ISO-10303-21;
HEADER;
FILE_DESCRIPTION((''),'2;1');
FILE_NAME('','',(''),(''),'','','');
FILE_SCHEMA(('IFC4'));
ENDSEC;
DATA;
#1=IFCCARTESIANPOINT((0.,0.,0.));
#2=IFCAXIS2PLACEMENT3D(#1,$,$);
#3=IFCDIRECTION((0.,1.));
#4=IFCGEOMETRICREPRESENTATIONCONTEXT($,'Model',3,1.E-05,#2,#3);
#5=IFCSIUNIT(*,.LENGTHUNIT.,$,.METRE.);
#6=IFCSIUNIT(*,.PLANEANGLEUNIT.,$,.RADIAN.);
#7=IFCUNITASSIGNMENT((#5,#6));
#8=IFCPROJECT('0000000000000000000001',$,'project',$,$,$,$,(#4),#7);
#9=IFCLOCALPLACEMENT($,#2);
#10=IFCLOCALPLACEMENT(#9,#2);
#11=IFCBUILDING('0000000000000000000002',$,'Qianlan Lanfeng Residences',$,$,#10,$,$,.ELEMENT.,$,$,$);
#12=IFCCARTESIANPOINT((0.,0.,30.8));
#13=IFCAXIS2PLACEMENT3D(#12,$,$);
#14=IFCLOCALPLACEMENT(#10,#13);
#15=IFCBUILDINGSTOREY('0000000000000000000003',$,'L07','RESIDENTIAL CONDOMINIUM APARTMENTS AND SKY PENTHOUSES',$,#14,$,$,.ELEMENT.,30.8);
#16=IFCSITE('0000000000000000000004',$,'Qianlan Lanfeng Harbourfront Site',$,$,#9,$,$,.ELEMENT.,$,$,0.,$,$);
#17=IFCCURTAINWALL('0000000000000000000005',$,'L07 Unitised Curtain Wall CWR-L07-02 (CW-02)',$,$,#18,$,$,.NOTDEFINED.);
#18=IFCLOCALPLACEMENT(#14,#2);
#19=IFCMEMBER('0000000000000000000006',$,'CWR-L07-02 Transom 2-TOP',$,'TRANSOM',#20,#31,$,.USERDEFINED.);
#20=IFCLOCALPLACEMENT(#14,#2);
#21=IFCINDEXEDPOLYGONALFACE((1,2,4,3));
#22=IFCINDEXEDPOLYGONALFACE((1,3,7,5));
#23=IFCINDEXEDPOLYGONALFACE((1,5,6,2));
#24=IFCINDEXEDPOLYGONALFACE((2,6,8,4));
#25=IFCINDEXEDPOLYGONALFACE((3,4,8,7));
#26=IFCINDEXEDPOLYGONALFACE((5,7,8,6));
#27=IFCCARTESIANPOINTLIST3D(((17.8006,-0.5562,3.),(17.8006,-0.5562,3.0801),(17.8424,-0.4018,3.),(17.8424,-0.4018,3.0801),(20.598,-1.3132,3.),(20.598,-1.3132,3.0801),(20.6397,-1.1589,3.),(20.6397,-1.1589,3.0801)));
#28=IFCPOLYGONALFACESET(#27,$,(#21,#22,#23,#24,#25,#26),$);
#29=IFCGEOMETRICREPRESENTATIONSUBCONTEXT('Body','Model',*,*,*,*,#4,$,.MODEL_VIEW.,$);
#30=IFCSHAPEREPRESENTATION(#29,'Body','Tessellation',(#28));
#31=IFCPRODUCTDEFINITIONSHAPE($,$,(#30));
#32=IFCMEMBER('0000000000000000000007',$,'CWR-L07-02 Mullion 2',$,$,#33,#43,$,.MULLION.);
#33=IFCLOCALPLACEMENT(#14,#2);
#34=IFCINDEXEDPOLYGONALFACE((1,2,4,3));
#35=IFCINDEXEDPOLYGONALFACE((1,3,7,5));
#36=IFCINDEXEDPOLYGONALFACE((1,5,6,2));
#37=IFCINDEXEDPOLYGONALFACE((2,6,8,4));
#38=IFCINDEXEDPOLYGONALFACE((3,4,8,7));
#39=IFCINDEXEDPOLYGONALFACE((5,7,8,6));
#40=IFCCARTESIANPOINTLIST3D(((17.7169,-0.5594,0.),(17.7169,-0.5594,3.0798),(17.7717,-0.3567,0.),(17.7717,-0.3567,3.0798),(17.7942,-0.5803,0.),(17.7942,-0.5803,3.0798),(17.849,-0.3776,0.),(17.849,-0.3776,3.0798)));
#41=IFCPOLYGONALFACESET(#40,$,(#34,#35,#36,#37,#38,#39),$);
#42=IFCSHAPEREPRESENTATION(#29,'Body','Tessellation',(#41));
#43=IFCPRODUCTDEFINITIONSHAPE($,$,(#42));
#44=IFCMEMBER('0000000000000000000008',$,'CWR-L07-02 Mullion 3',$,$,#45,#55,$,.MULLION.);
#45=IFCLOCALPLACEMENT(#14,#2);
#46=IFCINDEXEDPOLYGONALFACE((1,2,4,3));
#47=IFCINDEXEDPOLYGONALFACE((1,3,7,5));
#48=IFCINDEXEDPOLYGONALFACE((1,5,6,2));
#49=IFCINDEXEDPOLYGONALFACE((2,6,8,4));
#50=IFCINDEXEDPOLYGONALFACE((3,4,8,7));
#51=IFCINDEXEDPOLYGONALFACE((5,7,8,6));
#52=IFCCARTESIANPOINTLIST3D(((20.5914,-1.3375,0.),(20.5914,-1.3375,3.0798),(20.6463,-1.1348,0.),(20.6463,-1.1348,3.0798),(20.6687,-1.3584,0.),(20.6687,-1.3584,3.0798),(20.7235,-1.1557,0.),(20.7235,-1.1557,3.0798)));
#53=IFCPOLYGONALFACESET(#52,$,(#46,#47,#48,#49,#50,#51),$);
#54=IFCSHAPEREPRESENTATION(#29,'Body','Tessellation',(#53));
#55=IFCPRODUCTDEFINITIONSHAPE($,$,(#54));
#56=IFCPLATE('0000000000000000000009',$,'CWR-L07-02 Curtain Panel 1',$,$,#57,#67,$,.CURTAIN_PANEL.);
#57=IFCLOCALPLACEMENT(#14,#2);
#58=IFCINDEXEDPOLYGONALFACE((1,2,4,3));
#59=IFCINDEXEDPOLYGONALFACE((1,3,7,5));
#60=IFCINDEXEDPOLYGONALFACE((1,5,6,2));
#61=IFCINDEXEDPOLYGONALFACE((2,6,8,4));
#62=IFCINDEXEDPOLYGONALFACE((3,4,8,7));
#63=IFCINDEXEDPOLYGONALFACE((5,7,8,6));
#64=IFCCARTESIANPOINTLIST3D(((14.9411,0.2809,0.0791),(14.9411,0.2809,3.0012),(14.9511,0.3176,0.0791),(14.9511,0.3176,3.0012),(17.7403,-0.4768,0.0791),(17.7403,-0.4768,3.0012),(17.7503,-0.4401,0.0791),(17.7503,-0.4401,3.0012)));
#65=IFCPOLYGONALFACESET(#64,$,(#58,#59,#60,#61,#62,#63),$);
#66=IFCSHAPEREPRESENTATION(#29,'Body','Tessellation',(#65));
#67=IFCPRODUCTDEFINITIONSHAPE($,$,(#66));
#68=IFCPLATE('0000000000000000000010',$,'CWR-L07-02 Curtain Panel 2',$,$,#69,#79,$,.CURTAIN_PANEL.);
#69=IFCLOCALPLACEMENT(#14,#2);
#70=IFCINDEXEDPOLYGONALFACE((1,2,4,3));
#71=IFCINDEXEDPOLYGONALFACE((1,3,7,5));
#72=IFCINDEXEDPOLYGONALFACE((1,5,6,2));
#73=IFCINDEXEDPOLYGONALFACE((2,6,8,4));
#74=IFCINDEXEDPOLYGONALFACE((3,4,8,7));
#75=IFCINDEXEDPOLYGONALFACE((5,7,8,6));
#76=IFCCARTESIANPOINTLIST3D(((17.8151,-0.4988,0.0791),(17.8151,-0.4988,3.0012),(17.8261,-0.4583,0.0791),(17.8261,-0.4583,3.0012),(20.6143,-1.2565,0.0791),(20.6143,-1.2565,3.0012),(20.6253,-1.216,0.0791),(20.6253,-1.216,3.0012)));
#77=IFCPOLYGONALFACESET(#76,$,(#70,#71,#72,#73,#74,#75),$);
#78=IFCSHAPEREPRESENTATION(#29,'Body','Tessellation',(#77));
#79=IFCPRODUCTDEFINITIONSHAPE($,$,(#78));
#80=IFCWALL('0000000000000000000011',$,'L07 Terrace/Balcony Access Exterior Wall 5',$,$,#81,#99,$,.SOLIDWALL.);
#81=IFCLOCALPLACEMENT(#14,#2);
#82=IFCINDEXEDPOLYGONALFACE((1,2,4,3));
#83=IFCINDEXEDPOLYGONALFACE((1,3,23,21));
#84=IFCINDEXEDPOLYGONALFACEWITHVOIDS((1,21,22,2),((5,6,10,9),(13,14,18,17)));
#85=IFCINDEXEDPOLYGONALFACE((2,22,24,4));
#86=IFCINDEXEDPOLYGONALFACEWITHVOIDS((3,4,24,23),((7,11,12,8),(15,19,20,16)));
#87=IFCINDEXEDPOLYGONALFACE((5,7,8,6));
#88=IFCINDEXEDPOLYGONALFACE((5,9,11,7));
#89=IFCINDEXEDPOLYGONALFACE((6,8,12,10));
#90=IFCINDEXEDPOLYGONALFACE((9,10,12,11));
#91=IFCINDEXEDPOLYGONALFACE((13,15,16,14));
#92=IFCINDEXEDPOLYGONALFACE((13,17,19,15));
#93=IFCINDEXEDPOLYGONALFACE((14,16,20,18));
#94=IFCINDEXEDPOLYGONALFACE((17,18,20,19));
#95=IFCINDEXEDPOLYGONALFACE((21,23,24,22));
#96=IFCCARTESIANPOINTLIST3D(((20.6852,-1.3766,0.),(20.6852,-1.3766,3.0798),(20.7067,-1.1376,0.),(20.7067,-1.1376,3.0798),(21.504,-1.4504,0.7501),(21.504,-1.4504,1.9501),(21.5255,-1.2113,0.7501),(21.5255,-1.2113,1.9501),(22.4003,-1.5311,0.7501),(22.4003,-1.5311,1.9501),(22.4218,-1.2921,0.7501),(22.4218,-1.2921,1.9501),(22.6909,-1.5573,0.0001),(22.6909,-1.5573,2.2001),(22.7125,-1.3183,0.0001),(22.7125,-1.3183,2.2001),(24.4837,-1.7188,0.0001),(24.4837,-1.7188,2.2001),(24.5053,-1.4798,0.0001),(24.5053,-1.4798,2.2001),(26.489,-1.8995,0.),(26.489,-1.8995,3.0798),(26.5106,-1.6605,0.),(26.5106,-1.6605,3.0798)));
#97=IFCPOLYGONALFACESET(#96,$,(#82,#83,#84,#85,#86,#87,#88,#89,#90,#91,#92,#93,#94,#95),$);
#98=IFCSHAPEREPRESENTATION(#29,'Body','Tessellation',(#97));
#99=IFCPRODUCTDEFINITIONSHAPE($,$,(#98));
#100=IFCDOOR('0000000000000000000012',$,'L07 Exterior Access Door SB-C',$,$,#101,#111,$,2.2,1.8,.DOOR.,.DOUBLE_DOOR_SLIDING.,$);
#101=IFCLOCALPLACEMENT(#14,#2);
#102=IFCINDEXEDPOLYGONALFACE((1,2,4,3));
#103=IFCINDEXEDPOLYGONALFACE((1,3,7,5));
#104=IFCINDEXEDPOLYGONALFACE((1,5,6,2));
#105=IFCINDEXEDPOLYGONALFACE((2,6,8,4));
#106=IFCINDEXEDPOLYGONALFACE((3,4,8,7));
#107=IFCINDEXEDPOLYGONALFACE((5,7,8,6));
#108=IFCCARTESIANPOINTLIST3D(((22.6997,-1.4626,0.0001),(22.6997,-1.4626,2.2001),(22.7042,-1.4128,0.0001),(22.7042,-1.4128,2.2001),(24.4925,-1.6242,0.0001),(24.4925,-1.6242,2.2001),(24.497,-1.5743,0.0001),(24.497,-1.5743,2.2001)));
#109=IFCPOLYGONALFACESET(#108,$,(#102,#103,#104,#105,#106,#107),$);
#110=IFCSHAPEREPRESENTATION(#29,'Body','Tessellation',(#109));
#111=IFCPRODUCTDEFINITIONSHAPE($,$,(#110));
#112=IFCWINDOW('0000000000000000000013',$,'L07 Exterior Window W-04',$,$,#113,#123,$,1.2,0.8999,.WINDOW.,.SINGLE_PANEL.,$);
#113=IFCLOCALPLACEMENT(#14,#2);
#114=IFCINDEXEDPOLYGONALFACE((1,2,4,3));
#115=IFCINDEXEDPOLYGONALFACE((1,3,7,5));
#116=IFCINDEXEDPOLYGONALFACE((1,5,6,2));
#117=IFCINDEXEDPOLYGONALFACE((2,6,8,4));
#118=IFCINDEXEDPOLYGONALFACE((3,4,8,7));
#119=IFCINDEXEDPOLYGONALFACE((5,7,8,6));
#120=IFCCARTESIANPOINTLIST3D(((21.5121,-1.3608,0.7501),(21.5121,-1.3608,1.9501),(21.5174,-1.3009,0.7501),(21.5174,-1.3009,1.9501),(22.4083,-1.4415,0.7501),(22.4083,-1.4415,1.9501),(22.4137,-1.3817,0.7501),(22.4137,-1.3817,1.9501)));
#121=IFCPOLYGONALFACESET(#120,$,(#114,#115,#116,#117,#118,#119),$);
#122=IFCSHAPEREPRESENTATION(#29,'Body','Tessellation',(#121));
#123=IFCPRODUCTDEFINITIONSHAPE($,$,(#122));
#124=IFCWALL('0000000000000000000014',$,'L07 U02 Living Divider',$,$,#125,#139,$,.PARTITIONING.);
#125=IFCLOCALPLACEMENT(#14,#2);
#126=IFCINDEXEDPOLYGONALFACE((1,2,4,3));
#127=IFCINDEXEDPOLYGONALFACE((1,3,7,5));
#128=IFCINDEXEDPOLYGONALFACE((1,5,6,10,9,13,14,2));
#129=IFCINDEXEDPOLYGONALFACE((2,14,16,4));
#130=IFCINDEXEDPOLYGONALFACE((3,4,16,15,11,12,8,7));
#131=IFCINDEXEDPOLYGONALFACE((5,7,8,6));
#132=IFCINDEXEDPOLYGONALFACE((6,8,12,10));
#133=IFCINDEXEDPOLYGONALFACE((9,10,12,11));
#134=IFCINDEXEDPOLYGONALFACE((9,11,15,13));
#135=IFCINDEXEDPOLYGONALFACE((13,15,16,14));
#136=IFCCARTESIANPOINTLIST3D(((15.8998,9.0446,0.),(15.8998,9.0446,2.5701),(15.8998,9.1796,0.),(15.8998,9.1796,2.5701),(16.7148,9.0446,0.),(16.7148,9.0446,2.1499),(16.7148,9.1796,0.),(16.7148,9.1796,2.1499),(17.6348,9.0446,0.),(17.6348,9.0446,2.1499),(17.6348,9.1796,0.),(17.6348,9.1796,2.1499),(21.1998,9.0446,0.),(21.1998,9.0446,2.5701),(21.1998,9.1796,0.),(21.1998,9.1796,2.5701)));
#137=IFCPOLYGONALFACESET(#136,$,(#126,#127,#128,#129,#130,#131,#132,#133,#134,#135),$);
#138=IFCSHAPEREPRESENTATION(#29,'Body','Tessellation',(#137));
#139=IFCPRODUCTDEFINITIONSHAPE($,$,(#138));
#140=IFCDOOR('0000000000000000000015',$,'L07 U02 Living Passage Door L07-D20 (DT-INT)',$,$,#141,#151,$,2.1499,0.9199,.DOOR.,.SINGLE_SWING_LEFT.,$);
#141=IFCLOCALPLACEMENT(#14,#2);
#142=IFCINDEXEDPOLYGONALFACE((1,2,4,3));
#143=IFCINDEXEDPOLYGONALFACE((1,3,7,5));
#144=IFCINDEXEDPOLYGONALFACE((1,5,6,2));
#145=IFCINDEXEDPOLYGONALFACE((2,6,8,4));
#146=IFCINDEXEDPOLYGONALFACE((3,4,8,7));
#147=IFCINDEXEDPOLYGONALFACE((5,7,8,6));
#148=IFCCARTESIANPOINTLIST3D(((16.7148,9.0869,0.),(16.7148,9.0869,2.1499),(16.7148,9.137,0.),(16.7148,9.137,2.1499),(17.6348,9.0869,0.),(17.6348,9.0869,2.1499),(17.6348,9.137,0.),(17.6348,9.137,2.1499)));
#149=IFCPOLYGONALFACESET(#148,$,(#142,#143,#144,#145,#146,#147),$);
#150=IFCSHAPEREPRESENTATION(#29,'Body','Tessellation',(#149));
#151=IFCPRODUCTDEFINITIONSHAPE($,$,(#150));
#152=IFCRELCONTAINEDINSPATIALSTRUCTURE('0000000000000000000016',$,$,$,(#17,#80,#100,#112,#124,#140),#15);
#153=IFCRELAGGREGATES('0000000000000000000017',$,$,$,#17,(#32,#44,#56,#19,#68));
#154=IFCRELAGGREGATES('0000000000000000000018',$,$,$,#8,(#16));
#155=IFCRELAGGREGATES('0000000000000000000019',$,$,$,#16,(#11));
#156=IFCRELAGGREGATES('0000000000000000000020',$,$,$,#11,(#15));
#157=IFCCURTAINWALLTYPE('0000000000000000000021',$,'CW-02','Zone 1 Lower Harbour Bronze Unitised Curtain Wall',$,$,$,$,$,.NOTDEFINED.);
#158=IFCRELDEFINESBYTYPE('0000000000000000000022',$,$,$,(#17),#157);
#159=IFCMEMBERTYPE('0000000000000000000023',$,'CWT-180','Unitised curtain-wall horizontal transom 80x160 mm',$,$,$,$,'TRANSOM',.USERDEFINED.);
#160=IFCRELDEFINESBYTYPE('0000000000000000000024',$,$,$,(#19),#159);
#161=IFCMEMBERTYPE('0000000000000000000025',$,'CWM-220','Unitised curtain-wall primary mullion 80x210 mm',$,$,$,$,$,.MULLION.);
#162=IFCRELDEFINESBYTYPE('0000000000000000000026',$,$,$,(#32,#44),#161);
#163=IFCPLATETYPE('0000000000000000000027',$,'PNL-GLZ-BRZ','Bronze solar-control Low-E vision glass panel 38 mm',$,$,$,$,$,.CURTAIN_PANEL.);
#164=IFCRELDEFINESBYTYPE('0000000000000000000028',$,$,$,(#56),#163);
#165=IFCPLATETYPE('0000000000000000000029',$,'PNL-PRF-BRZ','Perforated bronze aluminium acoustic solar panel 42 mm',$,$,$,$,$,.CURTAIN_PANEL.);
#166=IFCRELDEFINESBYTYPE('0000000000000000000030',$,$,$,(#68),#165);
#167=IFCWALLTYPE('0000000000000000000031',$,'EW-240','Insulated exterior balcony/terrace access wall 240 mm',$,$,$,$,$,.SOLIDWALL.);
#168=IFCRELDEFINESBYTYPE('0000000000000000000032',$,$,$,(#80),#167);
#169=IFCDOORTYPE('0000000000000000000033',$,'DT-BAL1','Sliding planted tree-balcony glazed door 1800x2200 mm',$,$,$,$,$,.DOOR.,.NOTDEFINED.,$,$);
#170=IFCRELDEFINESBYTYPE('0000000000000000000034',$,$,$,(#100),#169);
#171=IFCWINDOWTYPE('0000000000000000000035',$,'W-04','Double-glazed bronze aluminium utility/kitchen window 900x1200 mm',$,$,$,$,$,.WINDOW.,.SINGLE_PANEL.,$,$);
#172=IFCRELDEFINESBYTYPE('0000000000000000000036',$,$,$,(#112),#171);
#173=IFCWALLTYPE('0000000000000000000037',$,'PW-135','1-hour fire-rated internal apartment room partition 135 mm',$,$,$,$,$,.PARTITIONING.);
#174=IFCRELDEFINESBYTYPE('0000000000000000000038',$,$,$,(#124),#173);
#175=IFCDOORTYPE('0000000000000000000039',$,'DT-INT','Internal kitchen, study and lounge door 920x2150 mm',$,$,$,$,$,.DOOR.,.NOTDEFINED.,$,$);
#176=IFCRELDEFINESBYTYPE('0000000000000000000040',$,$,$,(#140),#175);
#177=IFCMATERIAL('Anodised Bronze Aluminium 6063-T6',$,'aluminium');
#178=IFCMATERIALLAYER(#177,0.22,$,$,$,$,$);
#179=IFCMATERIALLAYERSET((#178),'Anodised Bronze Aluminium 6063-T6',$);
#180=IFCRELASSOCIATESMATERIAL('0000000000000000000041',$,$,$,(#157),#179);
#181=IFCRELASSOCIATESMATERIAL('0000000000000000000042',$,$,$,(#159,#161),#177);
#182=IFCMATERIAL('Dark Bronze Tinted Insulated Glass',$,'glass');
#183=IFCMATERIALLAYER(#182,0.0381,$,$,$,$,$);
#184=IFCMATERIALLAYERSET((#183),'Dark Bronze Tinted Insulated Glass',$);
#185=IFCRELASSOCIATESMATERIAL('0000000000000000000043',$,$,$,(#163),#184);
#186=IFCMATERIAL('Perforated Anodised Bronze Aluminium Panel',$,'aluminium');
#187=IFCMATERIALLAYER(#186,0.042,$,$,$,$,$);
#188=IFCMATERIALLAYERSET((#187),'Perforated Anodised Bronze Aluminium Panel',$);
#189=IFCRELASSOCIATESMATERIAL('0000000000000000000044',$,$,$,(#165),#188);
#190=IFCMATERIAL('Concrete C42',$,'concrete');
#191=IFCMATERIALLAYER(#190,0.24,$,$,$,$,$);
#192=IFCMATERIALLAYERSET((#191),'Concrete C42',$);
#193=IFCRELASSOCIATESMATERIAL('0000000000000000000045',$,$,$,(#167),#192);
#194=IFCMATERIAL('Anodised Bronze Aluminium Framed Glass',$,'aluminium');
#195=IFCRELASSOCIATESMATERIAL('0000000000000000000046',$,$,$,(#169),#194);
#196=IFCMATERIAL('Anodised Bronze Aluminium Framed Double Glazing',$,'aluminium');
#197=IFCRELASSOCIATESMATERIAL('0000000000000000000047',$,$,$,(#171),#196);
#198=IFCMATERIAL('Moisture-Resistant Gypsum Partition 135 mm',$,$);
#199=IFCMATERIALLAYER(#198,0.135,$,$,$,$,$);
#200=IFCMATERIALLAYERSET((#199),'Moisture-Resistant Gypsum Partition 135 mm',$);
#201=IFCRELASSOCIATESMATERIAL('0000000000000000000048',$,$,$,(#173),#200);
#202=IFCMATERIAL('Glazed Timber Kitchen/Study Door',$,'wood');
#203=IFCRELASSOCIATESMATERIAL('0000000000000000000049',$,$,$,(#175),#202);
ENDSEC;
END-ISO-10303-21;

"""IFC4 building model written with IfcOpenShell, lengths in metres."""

from ifc_helpers import new_model, si_unit, direction, frame, frame_2d, origin, origin_2d, place, context, subcontext, project, spatial, rectangle, extrude, source, transform, mapped, material, layer, layer_set, material_profile, profile_set, type_object, element, fill, aggregate, save


model = new_model("IFC4")

# Units and contexts
model_context = context("Model", 3, precision=1e-05, world=origin(), true_north=direction((0.0, 1.0)))
body_context = subcontext(model_context, "Body", "Model", "MODEL_VIEW")
ifc_project = project(units=[si_unit("LENGTHUNIT", "METRE"), si_unit("PLANEANGLEUNIT", "RADIAN")], contexts=[model_context])

# Site, building, storey
site_placement = place(None, origin())
site = spatial("IfcSite", under=ifc_project, at=site_placement, Name="Qianlan Lanfeng Harbourfront Site", CompositionType="ELEMENT", RefElevation=0.0)
building_placement = place(site_placement, origin())
building = spatial("IfcBuilding", under=site, at=building_placement, Name="Qianlan Lanfeng Residences", CompositionType="ELEMENT")
storey_placement = place(building_placement, frame((0.0, 0.0, 30.8)))
storey = spatial("IfcBuildingStorey", under=building, at=storey_placement, Name="L07", Description="RESIDENTIAL CONDOMINIUM APARTMENTS AND SKY PENTHOUSES", CompositionType="ELEMENT", Elevation=30.8)

# Curtain wall, members, plates
ifc_material_1 = material(Name="Anodised Bronze Aluminium 6063-T6", Category="aluminium")
ifc_layer_1 = layer(ifc_material_1, 0.22)
ifc_layer_set_1 = layer_set([ifc_layer_1], Name="Anodised Bronze Aluminium 6063-T6")
curtain_wall_type = type_object("IfcCurtainWallType", Name="CW-02", Description="Zone 1 Lower Harbour Bronze Unitised Curtain Wall", PredefinedType="NOTDEFINED", material=ifc_layer_set_1)
curtain_wall_placement = place(storey_placement, origin())
curtain_wall = element("IfcCurtainWall", 1, at=curtain_wall_placement, inside=storey, type_object=curtain_wall_type, Name="L07 Unitised Curtain Wall CWR-L07-02 (CW-02)", PredefinedType="NOTDEFINED")
ifc_material_profile_1 = material_profile(ifc_material_1, rectangle(XDim=0.0801, YDim=0.1599, at=origin_2d()), Name="ALU TRANSOM 80x160")
ifc_profile_set_1 = profile_set([ifc_material_profile_1], Name="Anodised Bronze Aluminium 6063-T6")
member_type_1 = type_object("IfcMemberType", Name="CWT-180", Description="Unitised curtain-wall horizontal transom 80x160 mm", ElementType="TRANSOM", PredefinedType="USERDEFINED", material=ifc_profile_set_1)
shared_shape_1 = source(origin(), body_context, "Body", "SweptSolid", [
    extrude(rectangle(XDim=0.0801, YDim=0.1599, at=origin_2d()), origin(), (0.0, 0.0, 1.0), 2.8979),
])
member_1_placement = place(storey_placement, frame((17.8215, -0.479, 3.04), z_axis=(0.965273, -0.261242, 0.0), x_axis=(0.0, 0.0, 1.0)))
member_1 = element("IfcMember", 2, at=member_1_placement, type_object=member_type_1, Name="CWR-L07-02 Transom 2-TOP", ObjectType="TRANSOM", PredefinedType="USERDEFINED", context=body_context, shape_type="MappedRepresentation", body=[
    mapped(shared_shape_1, transform((0.0, 0.0, 0.0), scale=1.0)),
])
ifc_material_profile_2 = material_profile(ifc_material_1, rectangle(XDim=0.0801, YDim=0.21, at=origin_2d()), Name="ALU MULLION 80x210")
ifc_profile_set_2 = profile_set([ifc_material_profile_2], Name="Anodised Bronze Aluminium 6063-T6")
member_type_2 = type_object("IfcMemberType", Name="CWM-220", Description="Unitised curtain-wall primary mullion 80x210 mm", PredefinedType="MULLION", material=ifc_profile_set_2)
shared_shape_2 = source(origin(), body_context, "Body", "SweptSolid", [
    extrude(rectangle(XDim=0.0801, YDim=0.21, at=origin_2d()), origin(), (0.0, 0.0, 1.0), 3.0798),
])
member_2_placement = place(storey_placement, frame((17.783, -0.4685, 0.0), z_axis=(0.0, 0.0, 1.0), x_axis=(0.965263, -0.261281, 0.0)))
member_2 = element("IfcMember", 3, at=member_2_placement, type_object=member_type_2, Name="CWR-L07-02 Mullion 2", PredefinedType="MULLION", context=body_context, shape_type="MappedRepresentation", body=[
    mapped(shared_shape_2, transform((0.0, 0.0, 0.0), scale=1.0)),
])
member_3_placement = place(storey_placement, frame((20.6575, -1.2466, 0.0), z_axis=(0.0, 0.0, 1.0), x_axis=(0.965263, -0.261281, 0.0)))
member_3 = element("IfcMember", 4, at=member_3_placement, type_object=member_type_2, Name="CWR-L07-02 Mullion 3", PredefinedType="MULLION", context=body_context, shape_type="MappedRepresentation", body=[
    mapped(shared_shape_2, transform((0.0, 0.0, 0.0), scale=1.0)),
])
ifc_material_2 = material(Name="Dark Bronze Tinted Insulated Glass", Category="glass")
ifc_layer_2 = layer(ifc_material_2, 0.0381)
ifc_layer_set_2 = layer_set([ifc_layer_2], Name="Dark Bronze Tinted Insulated Glass")
plate_type_1 = type_object("IfcPlateType", Name="PNL-GLZ-BRZ", Description="Bronze solar-control Low-E vision glass panel 38 mm", PredefinedType="CURTAIN_PANEL", material=ifc_layer_set_2)
shared_shape_3 = source(origin(), body_context, "Body", "SweptSolid", [
    extrude(rectangle(XDim=2.8999, YDim=0.0381, at=origin_2d()), origin(), (0.0, 0.0, 1.0), 2.9221),
])
plate_1_placement = place(storey_placement, frame((16.3457, -0.0796, 0.0791), z_axis=(0.0, 0.0, 1.0), x_axis=(0.965263, -0.261281, 0.0)))
plate_1 = element("IfcPlate", 5, at=plate_1_placement, type_object=plate_type_1, Name="CWR-L07-02 Curtain Panel 1", PredefinedType="CURTAIN_PANEL", context=body_context, shape_type="MappedRepresentation", body=[
    mapped(shared_shape_3, transform((0.0, 0.0, 0.0), scale=1.0)),
])
ifc_material_3 = material(Name="Perforated Anodised Bronze Aluminium Panel", Category="aluminium")
ifc_layer_3 = layer(ifc_material_3, 0.042)
ifc_layer_set_3 = layer_set([ifc_layer_3], Name="Perforated Anodised Bronze Aluminium Panel")
plate_type_2 = type_object("IfcPlateType", Name="PNL-PRF-BRZ", Description="Perforated bronze aluminium acoustic solar panel 42 mm", PredefinedType="CURTAIN_PANEL", material=ifc_layer_set_3)
shared_shape_4 = source(origin(), body_context, "Body", "SweptSolid", [
    extrude(rectangle(XDim=2.8999, YDim=0.042, at=origin_2d()), origin(), (0.0, 0.0, 1.0), 2.9221),
])
plate_2_placement = place(storey_placement, frame((19.2202, -0.8574, 0.0791), z_axis=(0.0, 0.0, 1.0), x_axis=(0.965263, -0.261281, 0.0)))
plate_2 = element("IfcPlate", 6, at=plate_2_placement, type_object=plate_type_2, Name="CWR-L07-02 Curtain Panel 2", PredefinedType="CURTAIN_PANEL", context=body_context, shape_type="MappedRepresentation", body=[
    mapped(shared_shape_4, transform((0.0, 0.0, 0.0), scale=1.0)),
])
aggregate(curtain_wall, [member_2, member_3, plate_1, member_1, plate_2])

# Wall, openings, door, window
ifc_material_4 = material(Name="Concrete C42", Category="concrete")
ifc_layer_4 = layer(ifc_material_4, 0.24)
ifc_layer_set_4 = layer_set([ifc_layer_4], Name="Concrete C42")
wall_type_1 = type_object("IfcWallType", Name="EW-240", Description="Insulated exterior balcony/terrace access wall 240 mm", PredefinedType="SOLIDWALL", material=ifc_layer_set_4)
wall_1_placement = place(storey_placement, frame((20.696, -1.2571, 0.0), z_axis=(0.0, 0.0, 1.0), x_axis=(0.995965, -0.089739, 0.0)))
wall_1 = element("IfcWall", 7, at=wall_1_placement, inside=storey, type_object=wall_type_1, Name="L07 Terrace/Balcony Access Exterior Wall 5", PredefinedType="SOLIDWALL", context=body_context, shape_type="SweptSolid", body=[
    extrude(rectangle(XDim=5.8274, YDim=0.24, at=frame_2d((2.9136, 0.0))), origin(), (0.0, 0.0, 1.0), 3.0798),
])
opening_1_placement = place(wall_1_placement, frame((2.0139, 0.0, 0.0)))
opening_1 = element("IfcOpeningElement", 8, at=opening_1_placement, cuts=wall_1, PredefinedType="OPENING", context=body_context, shape_type="SweptSolid", body=[
    extrude(rectangle(XDim=1.8, YDim=2.2, at=frame_2d((0.8999, 1.1001))), frame((0.0, 0.1299, 0.0), z_axis=(0.0, -1.0, 0.0), x_axis=(1.0, 0.0, 0.0)), (0.0, 0.0, 1.0), 0.26),
])
opening_2_placement = place(wall_1_placement, frame((0.822, 0.0, 0.75)))
opening_2 = element("IfcOpeningElement", 9, at=opening_2_placement, cuts=wall_1, PredefinedType="OPENING", context=body_context, shape_type="SweptSolid", body=[
    extrude(rectangle(XDim=0.8999, YDim=1.2, at=frame_2d((0.45, 0.6001))), frame((0.0, 0.1299, 0.0), z_axis=(0.0, -1.0, 0.0), x_axis=(1.0, 0.0, 0.0)), (0.0, 0.0, 1.0), 0.26),
])
ifc_material_5 = material(Name="Anodised Bronze Aluminium Framed Glass", Category="aluminium")
door_type_1 = type_object("IfcDoorType", Name="DT-BAL1", Description="Sliding planted tree-balcony glazed door 1800x2200 mm", OperationType="NOTDEFINED", PredefinedType="DOOR", material=ifc_material_5)
door_1_placement = place(opening_1_placement, frame((1.8, 0.0, 0.0), z_axis=(0.0, 0.0, 1.0), x_axis=(-1.0, 0.0, 0.0)))
door_1 = element("IfcDoor", 10, at=door_1_placement, inside=storey, type_object=door_type_1, Name="L07 Exterior Access Door SB-C", OperationType="DOUBLE_DOOR_SLIDING", OverallHeight=2.2, OverallWidth=1.8, PredefinedType="DOOR", context=body_context, shape_type="SweptSolid", body=[
    extrude(rectangle(XDim=1.8, YDim=2.2, at=frame_2d((0.8999, 1.1001))), frame((0.0, 0.0249, 0.0), z_axis=(0.0, -1.0, 0.0), x_axis=(1.0, 0.0, 0.0)), (0.0, 0.0, 1.0), 0.05),
])
fill(opening_1, door_1)
ifc_material_6 = material(Name="Anodised Bronze Aluminium Framed Double Glazing", Category="aluminium")
window_type = type_object("IfcWindowType", Name="W-04", Description="Double-glazed bronze aluminium utility/kitchen window 900x1200 mm", PartitioningType="SINGLE_PANEL", PredefinedType="WINDOW", material=ifc_material_6)
window_placement = place(opening_2_placement, origin())
window = element("IfcWindow", 11, at=window_placement, inside=storey, type_object=window_type, Name="L07 Exterior Window W-04", OverallHeight=1.2, OverallWidth=0.8999, PartitioningType="SINGLE_PANEL", PredefinedType="WINDOW", context=body_context, shape_type="SweptSolid", body=[
    extrude(rectangle(XDim=0.8999, YDim=1.2, at=frame_2d((0.45, 0.6001))), frame((0.0, 0.03, 0.0), z_axis=(0.0, -1.0, 0.0), x_axis=(1.0, 0.0, 0.0)), (0.0, 0.0, 1.0), 0.0601),
])
fill(opening_2, window)

# Wall, opening, door
ifc_material_7 = material(Name="Moisture-Resistant Gypsum Partition 135 mm")
ifc_layer_5 = layer(ifc_material_7, 0.135)
ifc_layer_set_5 = layer_set([ifc_layer_5], Name="Moisture-Resistant Gypsum Partition 135 mm")
wall_type_2 = type_object("IfcWallType", Name="PW-135", Description="1-hour fire-rated internal apartment room partition 135 mm", PredefinedType="PARTITIONING", material=ifc_layer_set_5)
wall_2_placement = place(storey_placement, frame((15.8999, 9.1121, 0.0), z_axis=(0.0, 0.0, 1.0), x_axis=(1.0, 0.0, 0.0)))
wall_2 = element("IfcWall", 12, at=wall_2_placement, inside=storey, type_object=wall_type_2, Name="L07 U02 Living Divider", PredefinedType="PARTITIONING", context=body_context, shape_type="SweptSolid", body=[
    extrude(rectangle(XDim=5.3, YDim=0.135, at=frame_2d((2.6499, 0.0))), origin(), (0.0, 0.0, 1.0), 2.5701),
])
opening_3_placement = place(wall_2_placement, frame((0.8149, 0.0, 0.0)))
opening_3 = element("IfcOpeningElement", 13, at=opening_3_placement, cuts=wall_2, PredefinedType="OPENING", context=body_context, shape_type="SweptSolid", body=[
    extrude(rectangle(XDim=0.9199, YDim=2.1499, at=frame_2d((0.46, 1.075))), frame((0.0, 0.0776, 0.0), z_axis=(0.0, -1.0, 0.0), x_axis=(1.0, 0.0, 0.0)), (0.0, 0.0, 1.0), 0.155),
])
ifc_material_8 = material(Name="Glazed Timber Kitchen/Study Door", Category="wood")
door_type_2 = type_object("IfcDoorType", Name="DT-INT", Description="Internal kitchen, study and lounge door 920x2150 mm", OperationType="NOTDEFINED", PredefinedType="DOOR", material=ifc_material_8)
door_2_placement = place(opening_3_placement, origin())
door_2 = element("IfcDoor", 14, at=door_2_placement, inside=storey, type_object=door_type_2, Name="L07 U02 Living Passage Door L07-D20 (DT-INT)", OperationType="SINGLE_SWING_LEFT", OverallHeight=2.1499, OverallWidth=0.9199, PredefinedType="DOOR", context=body_context, shape_type="SweptSolid", body=[
    extrude(rectangle(XDim=0.9199, YDim=2.1499, at=frame_2d((0.46, 1.075))), frame((0.0, 0.0249, 0.0), z_axis=(0.0, -1.0, 0.0), x_axis=(1.0, 0.0, 0.0)), (0.0, 0.0, 1.0), 0.05),
])
fill(opening_3, door_2)

save(model, "model.ifc")
